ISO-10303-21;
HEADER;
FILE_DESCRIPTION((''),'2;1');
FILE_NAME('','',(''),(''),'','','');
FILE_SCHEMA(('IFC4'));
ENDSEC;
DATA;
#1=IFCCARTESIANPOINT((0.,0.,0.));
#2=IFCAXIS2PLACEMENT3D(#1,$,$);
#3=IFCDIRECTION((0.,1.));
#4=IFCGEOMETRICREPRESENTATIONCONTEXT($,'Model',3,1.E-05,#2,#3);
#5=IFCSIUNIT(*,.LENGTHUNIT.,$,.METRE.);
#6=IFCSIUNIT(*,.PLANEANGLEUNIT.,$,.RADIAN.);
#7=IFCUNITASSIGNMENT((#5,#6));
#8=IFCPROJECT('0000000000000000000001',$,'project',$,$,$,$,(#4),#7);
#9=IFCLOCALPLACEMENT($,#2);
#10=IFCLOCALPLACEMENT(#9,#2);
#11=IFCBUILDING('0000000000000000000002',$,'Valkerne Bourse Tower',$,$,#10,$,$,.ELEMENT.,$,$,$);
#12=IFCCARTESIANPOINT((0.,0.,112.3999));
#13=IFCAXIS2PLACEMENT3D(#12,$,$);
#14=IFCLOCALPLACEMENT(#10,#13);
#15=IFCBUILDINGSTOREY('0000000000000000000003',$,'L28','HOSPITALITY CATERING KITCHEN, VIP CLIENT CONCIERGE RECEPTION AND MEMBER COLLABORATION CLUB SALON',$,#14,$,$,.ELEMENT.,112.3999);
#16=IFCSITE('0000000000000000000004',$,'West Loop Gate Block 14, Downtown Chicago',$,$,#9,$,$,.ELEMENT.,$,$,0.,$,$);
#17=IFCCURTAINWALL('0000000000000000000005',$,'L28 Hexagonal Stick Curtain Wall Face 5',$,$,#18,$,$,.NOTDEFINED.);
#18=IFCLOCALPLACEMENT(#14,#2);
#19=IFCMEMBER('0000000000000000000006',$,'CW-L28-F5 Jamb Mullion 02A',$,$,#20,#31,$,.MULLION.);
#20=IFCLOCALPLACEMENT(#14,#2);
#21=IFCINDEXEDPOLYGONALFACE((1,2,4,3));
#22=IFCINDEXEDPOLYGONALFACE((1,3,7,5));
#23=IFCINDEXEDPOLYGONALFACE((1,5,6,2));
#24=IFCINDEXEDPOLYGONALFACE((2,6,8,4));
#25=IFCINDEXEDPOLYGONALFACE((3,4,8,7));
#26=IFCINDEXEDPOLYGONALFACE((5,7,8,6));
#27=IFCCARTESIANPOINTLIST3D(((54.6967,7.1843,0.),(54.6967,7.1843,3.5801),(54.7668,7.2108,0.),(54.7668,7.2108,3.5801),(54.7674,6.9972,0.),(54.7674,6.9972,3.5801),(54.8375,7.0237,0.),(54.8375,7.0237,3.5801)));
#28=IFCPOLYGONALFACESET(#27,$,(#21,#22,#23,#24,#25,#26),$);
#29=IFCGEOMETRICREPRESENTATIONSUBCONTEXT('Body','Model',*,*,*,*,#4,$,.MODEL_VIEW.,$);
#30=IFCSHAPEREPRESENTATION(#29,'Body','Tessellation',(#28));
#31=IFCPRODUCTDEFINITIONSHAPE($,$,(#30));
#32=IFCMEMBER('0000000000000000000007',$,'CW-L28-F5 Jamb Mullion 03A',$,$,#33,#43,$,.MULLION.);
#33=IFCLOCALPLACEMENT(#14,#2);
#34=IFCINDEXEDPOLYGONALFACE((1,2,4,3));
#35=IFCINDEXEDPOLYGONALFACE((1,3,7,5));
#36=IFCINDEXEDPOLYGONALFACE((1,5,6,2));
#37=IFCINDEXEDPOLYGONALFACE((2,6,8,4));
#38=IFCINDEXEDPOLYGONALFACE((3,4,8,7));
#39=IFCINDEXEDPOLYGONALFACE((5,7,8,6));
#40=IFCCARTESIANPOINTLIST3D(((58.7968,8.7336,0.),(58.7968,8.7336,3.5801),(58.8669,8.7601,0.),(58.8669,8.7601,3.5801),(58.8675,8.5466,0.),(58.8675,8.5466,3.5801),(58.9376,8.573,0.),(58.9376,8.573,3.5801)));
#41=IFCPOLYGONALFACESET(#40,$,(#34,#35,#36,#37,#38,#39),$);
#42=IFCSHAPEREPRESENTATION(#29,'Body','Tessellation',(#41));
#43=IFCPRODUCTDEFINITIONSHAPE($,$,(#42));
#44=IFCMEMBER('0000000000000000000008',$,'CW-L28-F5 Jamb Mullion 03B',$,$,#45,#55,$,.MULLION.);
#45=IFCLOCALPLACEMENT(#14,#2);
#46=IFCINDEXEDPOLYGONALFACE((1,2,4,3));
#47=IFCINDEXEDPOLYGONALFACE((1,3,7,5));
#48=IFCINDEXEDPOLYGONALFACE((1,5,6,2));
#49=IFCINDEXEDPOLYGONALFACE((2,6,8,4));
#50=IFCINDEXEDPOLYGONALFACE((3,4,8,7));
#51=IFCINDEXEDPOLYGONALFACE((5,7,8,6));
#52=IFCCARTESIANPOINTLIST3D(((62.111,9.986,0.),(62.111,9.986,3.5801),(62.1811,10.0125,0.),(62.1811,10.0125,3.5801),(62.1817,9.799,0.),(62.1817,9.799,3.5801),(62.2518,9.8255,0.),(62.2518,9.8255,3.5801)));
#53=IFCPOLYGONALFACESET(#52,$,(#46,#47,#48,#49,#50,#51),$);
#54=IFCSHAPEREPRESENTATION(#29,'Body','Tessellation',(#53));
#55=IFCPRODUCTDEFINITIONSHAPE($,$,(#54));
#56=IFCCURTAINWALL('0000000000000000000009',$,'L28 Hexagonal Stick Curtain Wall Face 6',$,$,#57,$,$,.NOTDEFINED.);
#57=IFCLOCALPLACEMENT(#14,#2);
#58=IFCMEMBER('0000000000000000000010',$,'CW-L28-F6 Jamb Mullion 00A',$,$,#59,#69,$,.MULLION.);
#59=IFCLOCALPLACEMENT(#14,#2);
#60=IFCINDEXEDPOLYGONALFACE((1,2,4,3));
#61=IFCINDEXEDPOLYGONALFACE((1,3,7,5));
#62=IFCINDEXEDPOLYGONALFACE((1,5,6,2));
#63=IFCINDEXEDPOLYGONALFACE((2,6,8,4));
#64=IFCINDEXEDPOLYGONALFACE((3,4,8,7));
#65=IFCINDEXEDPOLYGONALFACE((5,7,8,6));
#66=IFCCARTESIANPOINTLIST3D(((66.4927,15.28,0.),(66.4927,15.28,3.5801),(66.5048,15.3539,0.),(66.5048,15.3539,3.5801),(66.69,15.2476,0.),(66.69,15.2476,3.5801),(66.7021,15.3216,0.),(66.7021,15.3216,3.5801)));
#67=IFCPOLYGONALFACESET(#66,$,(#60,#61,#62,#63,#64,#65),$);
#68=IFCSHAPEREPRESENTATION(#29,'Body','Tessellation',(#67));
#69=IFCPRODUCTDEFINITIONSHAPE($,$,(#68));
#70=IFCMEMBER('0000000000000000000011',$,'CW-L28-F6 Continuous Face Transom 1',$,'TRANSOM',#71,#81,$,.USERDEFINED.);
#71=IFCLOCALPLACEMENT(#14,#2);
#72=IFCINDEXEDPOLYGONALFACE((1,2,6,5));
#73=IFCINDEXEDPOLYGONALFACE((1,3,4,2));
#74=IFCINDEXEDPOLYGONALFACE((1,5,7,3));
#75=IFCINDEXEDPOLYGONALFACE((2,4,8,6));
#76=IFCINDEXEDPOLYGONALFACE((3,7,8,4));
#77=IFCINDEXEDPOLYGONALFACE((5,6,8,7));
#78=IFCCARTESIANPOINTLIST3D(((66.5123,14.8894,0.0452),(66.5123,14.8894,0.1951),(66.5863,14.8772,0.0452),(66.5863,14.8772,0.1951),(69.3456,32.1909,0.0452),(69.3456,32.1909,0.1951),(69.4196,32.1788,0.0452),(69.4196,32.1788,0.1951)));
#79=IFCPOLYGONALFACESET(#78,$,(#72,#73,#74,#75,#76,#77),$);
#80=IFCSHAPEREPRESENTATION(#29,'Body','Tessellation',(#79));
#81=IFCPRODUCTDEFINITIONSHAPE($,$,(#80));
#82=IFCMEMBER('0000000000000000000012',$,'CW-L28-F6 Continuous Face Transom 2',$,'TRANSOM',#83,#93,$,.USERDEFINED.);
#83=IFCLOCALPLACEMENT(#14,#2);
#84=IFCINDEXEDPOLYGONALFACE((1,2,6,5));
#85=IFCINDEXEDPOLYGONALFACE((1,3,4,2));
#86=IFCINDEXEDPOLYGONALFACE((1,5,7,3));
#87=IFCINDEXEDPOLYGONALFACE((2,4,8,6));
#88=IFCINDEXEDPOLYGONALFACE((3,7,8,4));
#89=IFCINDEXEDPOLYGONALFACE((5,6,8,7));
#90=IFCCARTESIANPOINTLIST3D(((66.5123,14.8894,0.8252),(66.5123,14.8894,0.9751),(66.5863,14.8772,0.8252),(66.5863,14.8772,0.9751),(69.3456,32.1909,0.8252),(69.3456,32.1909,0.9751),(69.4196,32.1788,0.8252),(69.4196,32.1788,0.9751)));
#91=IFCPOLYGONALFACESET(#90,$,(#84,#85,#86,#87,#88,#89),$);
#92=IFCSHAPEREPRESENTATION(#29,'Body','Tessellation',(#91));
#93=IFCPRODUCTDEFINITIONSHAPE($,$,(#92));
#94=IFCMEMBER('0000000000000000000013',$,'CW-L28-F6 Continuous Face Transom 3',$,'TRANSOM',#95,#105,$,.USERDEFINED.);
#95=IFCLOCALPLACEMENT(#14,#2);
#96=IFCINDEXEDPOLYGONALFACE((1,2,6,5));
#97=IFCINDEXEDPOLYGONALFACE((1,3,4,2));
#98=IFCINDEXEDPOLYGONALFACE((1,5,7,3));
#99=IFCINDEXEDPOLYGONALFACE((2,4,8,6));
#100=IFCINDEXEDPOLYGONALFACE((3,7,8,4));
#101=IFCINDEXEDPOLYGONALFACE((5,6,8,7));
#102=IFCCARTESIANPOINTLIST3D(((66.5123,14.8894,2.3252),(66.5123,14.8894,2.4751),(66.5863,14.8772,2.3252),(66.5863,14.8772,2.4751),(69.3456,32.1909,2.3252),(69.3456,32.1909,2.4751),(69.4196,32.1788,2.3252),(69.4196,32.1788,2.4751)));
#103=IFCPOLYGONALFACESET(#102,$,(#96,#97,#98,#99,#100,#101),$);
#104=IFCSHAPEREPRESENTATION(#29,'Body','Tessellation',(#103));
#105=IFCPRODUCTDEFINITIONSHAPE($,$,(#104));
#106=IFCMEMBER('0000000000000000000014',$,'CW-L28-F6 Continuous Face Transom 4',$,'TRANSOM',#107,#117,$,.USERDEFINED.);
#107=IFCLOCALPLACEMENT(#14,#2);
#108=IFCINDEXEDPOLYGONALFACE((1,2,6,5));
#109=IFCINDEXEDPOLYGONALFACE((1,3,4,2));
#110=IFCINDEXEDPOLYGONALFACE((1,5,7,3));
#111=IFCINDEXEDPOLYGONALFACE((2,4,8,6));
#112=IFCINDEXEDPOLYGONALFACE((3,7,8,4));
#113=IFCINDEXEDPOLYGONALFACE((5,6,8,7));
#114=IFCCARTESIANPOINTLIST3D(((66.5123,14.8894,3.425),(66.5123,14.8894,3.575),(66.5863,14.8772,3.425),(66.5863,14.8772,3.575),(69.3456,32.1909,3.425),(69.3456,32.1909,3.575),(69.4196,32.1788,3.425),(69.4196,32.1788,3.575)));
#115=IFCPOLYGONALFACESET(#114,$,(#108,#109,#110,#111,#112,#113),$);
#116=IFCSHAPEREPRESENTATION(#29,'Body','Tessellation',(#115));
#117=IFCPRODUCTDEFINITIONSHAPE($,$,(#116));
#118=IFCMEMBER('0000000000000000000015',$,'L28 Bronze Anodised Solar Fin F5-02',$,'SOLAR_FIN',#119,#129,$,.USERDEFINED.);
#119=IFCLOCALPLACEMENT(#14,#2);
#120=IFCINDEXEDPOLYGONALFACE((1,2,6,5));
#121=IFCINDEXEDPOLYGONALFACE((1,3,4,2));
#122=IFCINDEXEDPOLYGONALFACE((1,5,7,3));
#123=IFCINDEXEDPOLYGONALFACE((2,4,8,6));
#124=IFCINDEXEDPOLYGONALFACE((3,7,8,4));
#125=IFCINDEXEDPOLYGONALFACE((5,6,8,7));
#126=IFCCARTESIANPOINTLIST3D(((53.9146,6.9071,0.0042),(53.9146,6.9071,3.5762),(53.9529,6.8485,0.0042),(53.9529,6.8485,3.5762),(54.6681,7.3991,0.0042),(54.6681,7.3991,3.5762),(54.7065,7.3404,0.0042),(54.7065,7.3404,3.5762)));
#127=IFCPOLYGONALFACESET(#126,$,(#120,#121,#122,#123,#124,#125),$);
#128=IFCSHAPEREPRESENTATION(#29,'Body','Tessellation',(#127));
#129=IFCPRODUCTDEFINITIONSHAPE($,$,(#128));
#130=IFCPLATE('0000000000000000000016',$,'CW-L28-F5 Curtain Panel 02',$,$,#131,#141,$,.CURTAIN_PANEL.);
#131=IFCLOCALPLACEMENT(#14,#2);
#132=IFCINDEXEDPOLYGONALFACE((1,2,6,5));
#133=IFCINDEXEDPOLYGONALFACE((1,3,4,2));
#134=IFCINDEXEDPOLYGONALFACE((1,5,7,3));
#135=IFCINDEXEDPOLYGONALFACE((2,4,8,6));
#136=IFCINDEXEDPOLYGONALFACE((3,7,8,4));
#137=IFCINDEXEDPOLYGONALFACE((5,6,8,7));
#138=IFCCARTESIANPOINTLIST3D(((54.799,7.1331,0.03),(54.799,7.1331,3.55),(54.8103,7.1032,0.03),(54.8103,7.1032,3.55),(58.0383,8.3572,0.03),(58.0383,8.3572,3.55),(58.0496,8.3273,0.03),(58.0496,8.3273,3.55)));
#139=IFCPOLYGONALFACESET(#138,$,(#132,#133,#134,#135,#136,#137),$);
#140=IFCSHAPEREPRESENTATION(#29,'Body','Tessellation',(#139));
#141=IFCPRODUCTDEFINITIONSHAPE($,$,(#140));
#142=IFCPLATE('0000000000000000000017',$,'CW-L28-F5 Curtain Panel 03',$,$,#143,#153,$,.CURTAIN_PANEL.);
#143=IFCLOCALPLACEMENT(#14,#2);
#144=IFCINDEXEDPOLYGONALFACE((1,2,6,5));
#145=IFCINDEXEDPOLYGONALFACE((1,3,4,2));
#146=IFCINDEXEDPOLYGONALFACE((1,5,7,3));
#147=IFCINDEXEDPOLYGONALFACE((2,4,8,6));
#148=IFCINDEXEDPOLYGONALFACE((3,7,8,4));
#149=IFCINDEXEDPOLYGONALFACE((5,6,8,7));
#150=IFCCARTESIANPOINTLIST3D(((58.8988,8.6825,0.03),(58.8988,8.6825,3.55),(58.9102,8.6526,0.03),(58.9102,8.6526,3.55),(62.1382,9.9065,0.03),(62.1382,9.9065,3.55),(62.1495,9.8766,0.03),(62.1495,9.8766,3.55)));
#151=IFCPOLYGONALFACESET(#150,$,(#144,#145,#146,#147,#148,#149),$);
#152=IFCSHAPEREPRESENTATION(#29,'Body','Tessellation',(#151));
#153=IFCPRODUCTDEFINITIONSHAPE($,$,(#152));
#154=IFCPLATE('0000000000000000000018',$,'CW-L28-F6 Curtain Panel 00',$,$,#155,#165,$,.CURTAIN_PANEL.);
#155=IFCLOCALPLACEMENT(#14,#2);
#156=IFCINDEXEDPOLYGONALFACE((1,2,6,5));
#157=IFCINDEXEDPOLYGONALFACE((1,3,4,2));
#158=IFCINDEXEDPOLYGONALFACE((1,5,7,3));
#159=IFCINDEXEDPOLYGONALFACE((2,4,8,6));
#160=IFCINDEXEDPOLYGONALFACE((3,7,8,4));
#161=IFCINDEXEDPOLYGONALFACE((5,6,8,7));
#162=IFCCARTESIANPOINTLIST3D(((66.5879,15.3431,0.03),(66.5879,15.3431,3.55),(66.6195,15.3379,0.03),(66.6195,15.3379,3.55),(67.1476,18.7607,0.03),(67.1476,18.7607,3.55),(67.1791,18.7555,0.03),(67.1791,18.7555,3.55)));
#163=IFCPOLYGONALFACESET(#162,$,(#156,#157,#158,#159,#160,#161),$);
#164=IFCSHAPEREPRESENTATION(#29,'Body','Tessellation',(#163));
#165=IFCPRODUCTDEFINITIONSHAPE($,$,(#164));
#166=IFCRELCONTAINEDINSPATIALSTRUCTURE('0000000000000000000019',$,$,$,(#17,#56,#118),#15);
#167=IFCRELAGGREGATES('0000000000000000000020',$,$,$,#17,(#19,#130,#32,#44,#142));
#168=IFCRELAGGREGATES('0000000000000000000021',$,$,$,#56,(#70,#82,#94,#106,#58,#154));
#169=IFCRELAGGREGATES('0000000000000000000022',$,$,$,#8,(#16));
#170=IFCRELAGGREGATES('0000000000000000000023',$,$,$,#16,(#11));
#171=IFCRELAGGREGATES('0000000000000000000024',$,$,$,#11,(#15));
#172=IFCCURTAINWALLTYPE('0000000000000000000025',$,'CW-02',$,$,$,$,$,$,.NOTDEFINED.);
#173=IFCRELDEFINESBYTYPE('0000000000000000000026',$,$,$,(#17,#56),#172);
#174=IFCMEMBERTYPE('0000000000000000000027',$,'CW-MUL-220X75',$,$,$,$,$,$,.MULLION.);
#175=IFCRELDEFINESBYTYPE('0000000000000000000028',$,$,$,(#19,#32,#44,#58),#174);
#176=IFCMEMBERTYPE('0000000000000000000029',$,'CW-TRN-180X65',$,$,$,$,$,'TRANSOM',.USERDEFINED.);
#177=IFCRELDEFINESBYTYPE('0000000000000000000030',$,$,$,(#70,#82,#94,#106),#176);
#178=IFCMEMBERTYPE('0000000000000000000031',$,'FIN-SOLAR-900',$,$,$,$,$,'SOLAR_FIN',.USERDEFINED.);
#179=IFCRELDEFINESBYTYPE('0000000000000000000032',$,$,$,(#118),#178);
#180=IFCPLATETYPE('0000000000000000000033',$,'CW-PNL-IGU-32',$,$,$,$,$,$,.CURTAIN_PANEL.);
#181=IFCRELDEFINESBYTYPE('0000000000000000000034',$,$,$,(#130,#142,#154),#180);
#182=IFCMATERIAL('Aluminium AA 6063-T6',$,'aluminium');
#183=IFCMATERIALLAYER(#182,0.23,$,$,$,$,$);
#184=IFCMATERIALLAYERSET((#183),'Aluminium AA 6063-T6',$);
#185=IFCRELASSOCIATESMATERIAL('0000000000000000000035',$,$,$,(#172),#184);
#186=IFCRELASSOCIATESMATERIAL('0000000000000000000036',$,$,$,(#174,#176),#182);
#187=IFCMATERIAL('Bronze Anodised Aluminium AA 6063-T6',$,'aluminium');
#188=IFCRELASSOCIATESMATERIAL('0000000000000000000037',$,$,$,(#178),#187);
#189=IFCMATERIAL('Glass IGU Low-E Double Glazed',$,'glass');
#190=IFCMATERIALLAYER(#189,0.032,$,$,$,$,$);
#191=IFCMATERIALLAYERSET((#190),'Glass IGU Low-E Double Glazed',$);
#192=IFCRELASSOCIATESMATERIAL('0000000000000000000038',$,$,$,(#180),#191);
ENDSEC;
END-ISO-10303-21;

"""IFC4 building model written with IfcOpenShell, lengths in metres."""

from ifc_helpers import new_model, si_unit, direction, frame, origin, origin_2d, place, context, subcontext, project, spatial, rectangle, extrude, material, layer, layer_set, material_profile, profile_set, type_object, element, aggregate, save


model = new_model("IFC4")

# Units and contexts
model_context = context("Model", 3, precision=1e-05, world=origin(), true_north=direction((0.0, 1.0)))
body_context = subcontext(model_context, "Body", "Model", "MODEL_VIEW")
ifc_project = project(units=[si_unit("LENGTHUNIT", "METRE"), si_unit("PLANEANGLEUNIT", "RADIAN")], contexts=[model_context])

# Site, building, storey
site_placement = place(None, origin())
site = spatial("IfcSite", under=ifc_project, at=site_placement, Name="West Loop Gate Block 14, Downtown Chicago", CompositionType="ELEMENT", RefElevation=0.0)
building_placement = place(site_placement, origin())
building = spatial("IfcBuilding", under=site, at=building_placement, Name="Valkerne Bourse Tower", CompositionType="ELEMENT")
storey_placement = place(building_placement, frame((0.0, 0.0, 112.3999)))
storey = spatial("IfcBuildingStorey", under=building, at=storey_placement, Name="L28", Description="HOSPITALITY CATERING KITCHEN, VIP CLIENT CONCIERGE RECEPTION AND MEMBER COLLABORATION CLUB SALON", CompositionType="ELEMENT", Elevation=112.3999)

# Curtain walls, members
ifc_material_1 = material(Name="Aluminium AA 6063-T6", Category="aluminium")
ifc_layer_1 = layer(ifc_material_1, 0.23)
ifc_layer_set_1 = layer_set([ifc_layer_1], Name="Aluminium AA 6063-T6")
curtain_wall_type = type_object("IfcCurtainWallType", Name="CW-02", PredefinedType="NOTDEFINED", material=ifc_layer_set_1)
curtain_wall_1_placement = place(storey_placement, origin())
curtain_wall_1 = element("IfcCurtainWall", 1, at=curtain_wall_1_placement, inside=storey, type_object=curtain_wall_type, Name="L28 Hexagonal Stick Curtain Wall Face 5", PredefinedType="NOTDEFINED")
ifc_material_profile_1 = material_profile(ifc_material_1, rectangle(XDim=0.075, YDim=0.2, at=origin_2d()), Name="CWM-75X200")
ifc_profile_set_1 = profile_set([ifc_material_profile_1], Name="Aluminium AA 6063-T6")
member_type_1 = type_object("IfcMemberType", Name="CW-MUL-220X75", PredefinedType="MULLION", material=ifc_profile_set_1)
member_1_placement = place(storey_placement, frame((54.7671, 7.104, 0.0), z_axis=(0.0, 0.0, 1.0), x_axis=(0.935441, 0.353483, 0.0)))
member_1 = element("IfcMember", 2, at=member_1_placement, type_object=member_type_1, Name="CW-L28-F5 Jamb Mullion 02A", PredefinedType="MULLION", context=body_context, shape_type="SweptSolid", body=[
    extrude(rectangle(XDim=0.075, YDim=0.2, at=origin_2d()), origin(), (0.0, 0.0, 1.0), 3.5801),
])
member_2_placement = place(storey_placement, frame((58.8672, 8.6533, 0.0), z_axis=(0.0, 0.0, 1.0), x_axis=(0.935444, 0.353475, 0.0)))
member_2 = element("IfcMember", 3, at=member_2_placement, type_object=member_type_1, Name="CW-L28-F5 Jamb Mullion 03A", PredefinedType="MULLION", context=body_context, shape_type="SweptSolid", body=[
    extrude(rectangle(XDim=0.075, YDim=0.2, at=origin_2d()), origin(), (0.0, 0.0, 1.0), 3.5801),
])
member_3_placement = place(storey_placement, frame((62.1814, 9.9058, 0.0), z_axis=(0.0, 0.0, 1.0), x_axis=(0.935444, 0.353475, 0.0)))
member_3 = element("IfcMember", 4, at=member_3_placement, type_object=member_type_1, Name="CW-L28-F5 Jamb Mullion 03B", PredefinedType="MULLION", context=body_context, shape_type="SweptSolid", body=[
    extrude(rectangle(XDim=0.075, YDim=0.2, at=origin_2d()), origin(), (0.0, 0.0, 1.0), 3.5801),
])
curtain_wall_2_placement = place(storey_placement, origin())
curtain_wall_2 = element("IfcCurtainWall", 5, at=curtain_wall_2_placement, inside=storey, type_object=curtain_wall_type, Name="L28 Hexagonal Stick Curtain Wall Face 6", PredefinedType="NOTDEFINED")
member_4_placement = place(storey_placement, frame((66.5974, 15.3008, 0.0), z_axis=(0.0, 0.0, 1.0), x_axis=(0.161601, 0.986856, 0.0)))
member_4 = element("IfcMember", 6, at=member_4_placement, type_object=member_type_1, Name="CW-L28-F6 Jamb Mullion 00A", PredefinedType="MULLION", context=body_context, shape_type="SweptSolid", body=[
    extrude(rectangle(XDim=0.075, YDim=0.2, at=origin_2d()), origin(), (0.0, 0.0, 1.0), 3.5801),
])
ifc_material_profile_2 = material_profile(ifc_material_1, rectangle(XDim=0.075, YDim=0.1499, at=origin_2d()), Name="CWT-75X150")
ifc_profile_set_2 = profile_set([ifc_material_profile_2], Name="Aluminium AA 6063-T6")
member_type_2 = type_object("IfcMemberType", Name="CW-TRN-180X65", ElementType="TRANSOM", PredefinedType="USERDEFINED", material=ifc_profile_set_2)
member_5_placement = place(storey_placement, frame((66.5493, 14.8833, 0.1201), z_axis=(0.161605, 0.986856, 0.0), x_axis=(-0.986856, 0.161605, 0.0)))
member_5 = element("IfcMember", 7, at=member_5_placement, type_object=member_type_2, Name="CW-L28-F6 Continuous Face Transom 1", ObjectType="TRANSOM", PredefinedType="USERDEFINED", context=body_context, shape_type="SweptSolid", body=[
    extrude(rectangle(XDim=0.075, YDim=0.1499, at=origin_2d()), origin(), (0.0, 0.0, 1.0), 17.532),
])
member_6_placement = place(storey_placement, frame((66.5493, 14.8833, 0.9001), z_axis=(0.161605, 0.986856, 0.0), x_axis=(-0.986856, 0.161605, 0.0)))
member_6 = element("IfcMember", 8, at=member_6_placement, type_object=member_type_2, Name="CW-L28-F6 Continuous Face Transom 2", ObjectType="TRANSOM", PredefinedType="USERDEFINED", context=body_context, shape_type="SweptSolid", body=[
    extrude(rectangle(XDim=0.075, YDim=0.1499, at=origin_2d()), origin(), (0.0, 0.0, 1.0), 17.532),
])
member_7_placement = place(storey_placement, frame((66.5493, 14.8833, 2.4001), z_axis=(0.161605, 0.986856, 0.0), x_axis=(-0.986856, 0.161605, 0.0)))
member_7 = element("IfcMember", 9, at=member_7_placement, type_object=member_type_2, Name="CW-L28-F6 Continuous Face Transom 3", ObjectType="TRANSOM", PredefinedType="USERDEFINED", context=body_context, shape_type="SweptSolid", body=[
    extrude(rectangle(XDim=0.075, YDim=0.1499, at=origin_2d()), origin(), (0.0, 0.0, 1.0), 17.532),
])
member_8_placement = place(storey_placement, frame((66.5493, 14.8833, 3.5), z_axis=(0.161605, 0.986856, 0.0), x_axis=(-0.986856, 0.161605, 0.0)))
member_8 = element("IfcMember", 10, at=member_8_placement, type_object=member_type_2, Name="CW-L28-F6 Continuous Face Transom 4", ObjectType="TRANSOM", PredefinedType="USERDEFINED", context=body_context, shape_type="SweptSolid", body=[
    extrude(rectangle(XDim=0.075, YDim=0.1499, at=origin_2d()), origin(), (0.0, 0.0, 1.0), 17.532),
])

# Member
ifc_material_2 = material(Name="Bronze Anodised Aluminium AA 6063-T6", Category="aluminium")
ifc_material_profile_3 = material_profile(ifc_material_2, rectangle(XDim=0.0701, YDim=0.8999, at=origin_2d()), Name="FIN-70X900")
ifc_profile_set_3 = profile_set([ifc_material_profile_3], Name="Bronze Anodised Aluminium AA 6063-T6")
member_type_3 = type_object("IfcMemberType", Name="FIN-SOLAR-900", ElementType="SOLAR_FIN", PredefinedType="USERDEFINED", material=ifc_profile_set_3)
member_9_placement = place(storey_placement, frame((54.3105, 7.1238, 0.0042), z_axis=(0.0, 0.0, 1.0), x_axis=(0.546704, -0.837326, 0.0)))
element("IfcMember", 11, at=member_9_placement, inside=storey, type_object=member_type_3, Name="L28 Bronze Anodised Solar Fin F5-02", ObjectType="SOLAR_FIN", PredefinedType="USERDEFINED", context=body_context, shape_type="SweptSolid", body=[
    extrude(rectangle(XDim=0.0701, YDim=0.8999, at=origin_2d()), origin(), (0.0, 0.0, 1.0), 3.572),
])

# Plates
ifc_material_3 = material(Name="Glass IGU Low-E Double Glazed", Category="glass")
ifc_layer_2 = layer(ifc_material_3, 0.032)
ifc_layer_set_2 = layer_set([ifc_layer_2], Name="Glass IGU Low-E Double Glazed")
plate_type = type_object("IfcPlateType", Name="CW-PNL-IGU-32", PredefinedType="CURTAIN_PANEL", material=ifc_layer_set_2)
plate_1_placement = place(storey_placement, frame((56.4243, 7.7302, 0.03), z_axis=(0.0, 0.0, 1.0), x_axis=(0.935441, 0.353483, 0.0)))
plate_1 = element("IfcPlate", 12, at=plate_1_placement, type_object=plate_type, Name="CW-L28-F5 Curtain Panel 02", PredefinedType="CURTAIN_PANEL", context=body_context, shape_type="SweptSolid", body=[
    extrude(rectangle(XDim=3.4629, YDim=0.032, at=origin_2d()), origin(), (0.0, 0.0, 1.0), 3.52),
])
plate_2_placement = place(storey_placement, frame((60.5242, 9.2795, 0.03), z_axis=(0.0, 0.0, 1.0), x_axis=(0.935444, 0.353475, 0.0)))
plate_2 = element("IfcPlate", 13, at=plate_2_placement, type_object=plate_type, Name="CW-L28-F5 Curtain Panel 03", PredefinedType="CURTAIN_PANEL", context=body_context, shape_type="SweptSolid", body=[
    extrude(rectangle(XDim=3.4629, YDim=0.032, at=origin_2d()), origin(), (0.0, 0.0, 1.0), 3.52),
])
aggregate(curtain_wall_1, [member_1, plate_1, member_2, member_3, plate_2])
plate_3_placement = place(storey_placement, frame((66.8835, 17.0493, 0.03), z_axis=(0.0, 0.0, 1.0), x_axis=(0.161601, 0.986856, 0.0)))
plate_3 = element("IfcPlate", 14, at=plate_3_placement, type_object=plate_type, Name="CW-L28-F6 Curtain Panel 00", PredefinedType="CURTAIN_PANEL", context=body_context, shape_type="SweptSolid", body=[
    extrude(rectangle(XDim=3.4631, YDim=0.032, at=origin_2d()), origin(), (0.0, 0.0, 1.0), 3.52),
])
aggregate(curtain_wall_2, [member_5, member_6, member_7, member_8, member_4, plate_3])

save(model, "model.ifc")
